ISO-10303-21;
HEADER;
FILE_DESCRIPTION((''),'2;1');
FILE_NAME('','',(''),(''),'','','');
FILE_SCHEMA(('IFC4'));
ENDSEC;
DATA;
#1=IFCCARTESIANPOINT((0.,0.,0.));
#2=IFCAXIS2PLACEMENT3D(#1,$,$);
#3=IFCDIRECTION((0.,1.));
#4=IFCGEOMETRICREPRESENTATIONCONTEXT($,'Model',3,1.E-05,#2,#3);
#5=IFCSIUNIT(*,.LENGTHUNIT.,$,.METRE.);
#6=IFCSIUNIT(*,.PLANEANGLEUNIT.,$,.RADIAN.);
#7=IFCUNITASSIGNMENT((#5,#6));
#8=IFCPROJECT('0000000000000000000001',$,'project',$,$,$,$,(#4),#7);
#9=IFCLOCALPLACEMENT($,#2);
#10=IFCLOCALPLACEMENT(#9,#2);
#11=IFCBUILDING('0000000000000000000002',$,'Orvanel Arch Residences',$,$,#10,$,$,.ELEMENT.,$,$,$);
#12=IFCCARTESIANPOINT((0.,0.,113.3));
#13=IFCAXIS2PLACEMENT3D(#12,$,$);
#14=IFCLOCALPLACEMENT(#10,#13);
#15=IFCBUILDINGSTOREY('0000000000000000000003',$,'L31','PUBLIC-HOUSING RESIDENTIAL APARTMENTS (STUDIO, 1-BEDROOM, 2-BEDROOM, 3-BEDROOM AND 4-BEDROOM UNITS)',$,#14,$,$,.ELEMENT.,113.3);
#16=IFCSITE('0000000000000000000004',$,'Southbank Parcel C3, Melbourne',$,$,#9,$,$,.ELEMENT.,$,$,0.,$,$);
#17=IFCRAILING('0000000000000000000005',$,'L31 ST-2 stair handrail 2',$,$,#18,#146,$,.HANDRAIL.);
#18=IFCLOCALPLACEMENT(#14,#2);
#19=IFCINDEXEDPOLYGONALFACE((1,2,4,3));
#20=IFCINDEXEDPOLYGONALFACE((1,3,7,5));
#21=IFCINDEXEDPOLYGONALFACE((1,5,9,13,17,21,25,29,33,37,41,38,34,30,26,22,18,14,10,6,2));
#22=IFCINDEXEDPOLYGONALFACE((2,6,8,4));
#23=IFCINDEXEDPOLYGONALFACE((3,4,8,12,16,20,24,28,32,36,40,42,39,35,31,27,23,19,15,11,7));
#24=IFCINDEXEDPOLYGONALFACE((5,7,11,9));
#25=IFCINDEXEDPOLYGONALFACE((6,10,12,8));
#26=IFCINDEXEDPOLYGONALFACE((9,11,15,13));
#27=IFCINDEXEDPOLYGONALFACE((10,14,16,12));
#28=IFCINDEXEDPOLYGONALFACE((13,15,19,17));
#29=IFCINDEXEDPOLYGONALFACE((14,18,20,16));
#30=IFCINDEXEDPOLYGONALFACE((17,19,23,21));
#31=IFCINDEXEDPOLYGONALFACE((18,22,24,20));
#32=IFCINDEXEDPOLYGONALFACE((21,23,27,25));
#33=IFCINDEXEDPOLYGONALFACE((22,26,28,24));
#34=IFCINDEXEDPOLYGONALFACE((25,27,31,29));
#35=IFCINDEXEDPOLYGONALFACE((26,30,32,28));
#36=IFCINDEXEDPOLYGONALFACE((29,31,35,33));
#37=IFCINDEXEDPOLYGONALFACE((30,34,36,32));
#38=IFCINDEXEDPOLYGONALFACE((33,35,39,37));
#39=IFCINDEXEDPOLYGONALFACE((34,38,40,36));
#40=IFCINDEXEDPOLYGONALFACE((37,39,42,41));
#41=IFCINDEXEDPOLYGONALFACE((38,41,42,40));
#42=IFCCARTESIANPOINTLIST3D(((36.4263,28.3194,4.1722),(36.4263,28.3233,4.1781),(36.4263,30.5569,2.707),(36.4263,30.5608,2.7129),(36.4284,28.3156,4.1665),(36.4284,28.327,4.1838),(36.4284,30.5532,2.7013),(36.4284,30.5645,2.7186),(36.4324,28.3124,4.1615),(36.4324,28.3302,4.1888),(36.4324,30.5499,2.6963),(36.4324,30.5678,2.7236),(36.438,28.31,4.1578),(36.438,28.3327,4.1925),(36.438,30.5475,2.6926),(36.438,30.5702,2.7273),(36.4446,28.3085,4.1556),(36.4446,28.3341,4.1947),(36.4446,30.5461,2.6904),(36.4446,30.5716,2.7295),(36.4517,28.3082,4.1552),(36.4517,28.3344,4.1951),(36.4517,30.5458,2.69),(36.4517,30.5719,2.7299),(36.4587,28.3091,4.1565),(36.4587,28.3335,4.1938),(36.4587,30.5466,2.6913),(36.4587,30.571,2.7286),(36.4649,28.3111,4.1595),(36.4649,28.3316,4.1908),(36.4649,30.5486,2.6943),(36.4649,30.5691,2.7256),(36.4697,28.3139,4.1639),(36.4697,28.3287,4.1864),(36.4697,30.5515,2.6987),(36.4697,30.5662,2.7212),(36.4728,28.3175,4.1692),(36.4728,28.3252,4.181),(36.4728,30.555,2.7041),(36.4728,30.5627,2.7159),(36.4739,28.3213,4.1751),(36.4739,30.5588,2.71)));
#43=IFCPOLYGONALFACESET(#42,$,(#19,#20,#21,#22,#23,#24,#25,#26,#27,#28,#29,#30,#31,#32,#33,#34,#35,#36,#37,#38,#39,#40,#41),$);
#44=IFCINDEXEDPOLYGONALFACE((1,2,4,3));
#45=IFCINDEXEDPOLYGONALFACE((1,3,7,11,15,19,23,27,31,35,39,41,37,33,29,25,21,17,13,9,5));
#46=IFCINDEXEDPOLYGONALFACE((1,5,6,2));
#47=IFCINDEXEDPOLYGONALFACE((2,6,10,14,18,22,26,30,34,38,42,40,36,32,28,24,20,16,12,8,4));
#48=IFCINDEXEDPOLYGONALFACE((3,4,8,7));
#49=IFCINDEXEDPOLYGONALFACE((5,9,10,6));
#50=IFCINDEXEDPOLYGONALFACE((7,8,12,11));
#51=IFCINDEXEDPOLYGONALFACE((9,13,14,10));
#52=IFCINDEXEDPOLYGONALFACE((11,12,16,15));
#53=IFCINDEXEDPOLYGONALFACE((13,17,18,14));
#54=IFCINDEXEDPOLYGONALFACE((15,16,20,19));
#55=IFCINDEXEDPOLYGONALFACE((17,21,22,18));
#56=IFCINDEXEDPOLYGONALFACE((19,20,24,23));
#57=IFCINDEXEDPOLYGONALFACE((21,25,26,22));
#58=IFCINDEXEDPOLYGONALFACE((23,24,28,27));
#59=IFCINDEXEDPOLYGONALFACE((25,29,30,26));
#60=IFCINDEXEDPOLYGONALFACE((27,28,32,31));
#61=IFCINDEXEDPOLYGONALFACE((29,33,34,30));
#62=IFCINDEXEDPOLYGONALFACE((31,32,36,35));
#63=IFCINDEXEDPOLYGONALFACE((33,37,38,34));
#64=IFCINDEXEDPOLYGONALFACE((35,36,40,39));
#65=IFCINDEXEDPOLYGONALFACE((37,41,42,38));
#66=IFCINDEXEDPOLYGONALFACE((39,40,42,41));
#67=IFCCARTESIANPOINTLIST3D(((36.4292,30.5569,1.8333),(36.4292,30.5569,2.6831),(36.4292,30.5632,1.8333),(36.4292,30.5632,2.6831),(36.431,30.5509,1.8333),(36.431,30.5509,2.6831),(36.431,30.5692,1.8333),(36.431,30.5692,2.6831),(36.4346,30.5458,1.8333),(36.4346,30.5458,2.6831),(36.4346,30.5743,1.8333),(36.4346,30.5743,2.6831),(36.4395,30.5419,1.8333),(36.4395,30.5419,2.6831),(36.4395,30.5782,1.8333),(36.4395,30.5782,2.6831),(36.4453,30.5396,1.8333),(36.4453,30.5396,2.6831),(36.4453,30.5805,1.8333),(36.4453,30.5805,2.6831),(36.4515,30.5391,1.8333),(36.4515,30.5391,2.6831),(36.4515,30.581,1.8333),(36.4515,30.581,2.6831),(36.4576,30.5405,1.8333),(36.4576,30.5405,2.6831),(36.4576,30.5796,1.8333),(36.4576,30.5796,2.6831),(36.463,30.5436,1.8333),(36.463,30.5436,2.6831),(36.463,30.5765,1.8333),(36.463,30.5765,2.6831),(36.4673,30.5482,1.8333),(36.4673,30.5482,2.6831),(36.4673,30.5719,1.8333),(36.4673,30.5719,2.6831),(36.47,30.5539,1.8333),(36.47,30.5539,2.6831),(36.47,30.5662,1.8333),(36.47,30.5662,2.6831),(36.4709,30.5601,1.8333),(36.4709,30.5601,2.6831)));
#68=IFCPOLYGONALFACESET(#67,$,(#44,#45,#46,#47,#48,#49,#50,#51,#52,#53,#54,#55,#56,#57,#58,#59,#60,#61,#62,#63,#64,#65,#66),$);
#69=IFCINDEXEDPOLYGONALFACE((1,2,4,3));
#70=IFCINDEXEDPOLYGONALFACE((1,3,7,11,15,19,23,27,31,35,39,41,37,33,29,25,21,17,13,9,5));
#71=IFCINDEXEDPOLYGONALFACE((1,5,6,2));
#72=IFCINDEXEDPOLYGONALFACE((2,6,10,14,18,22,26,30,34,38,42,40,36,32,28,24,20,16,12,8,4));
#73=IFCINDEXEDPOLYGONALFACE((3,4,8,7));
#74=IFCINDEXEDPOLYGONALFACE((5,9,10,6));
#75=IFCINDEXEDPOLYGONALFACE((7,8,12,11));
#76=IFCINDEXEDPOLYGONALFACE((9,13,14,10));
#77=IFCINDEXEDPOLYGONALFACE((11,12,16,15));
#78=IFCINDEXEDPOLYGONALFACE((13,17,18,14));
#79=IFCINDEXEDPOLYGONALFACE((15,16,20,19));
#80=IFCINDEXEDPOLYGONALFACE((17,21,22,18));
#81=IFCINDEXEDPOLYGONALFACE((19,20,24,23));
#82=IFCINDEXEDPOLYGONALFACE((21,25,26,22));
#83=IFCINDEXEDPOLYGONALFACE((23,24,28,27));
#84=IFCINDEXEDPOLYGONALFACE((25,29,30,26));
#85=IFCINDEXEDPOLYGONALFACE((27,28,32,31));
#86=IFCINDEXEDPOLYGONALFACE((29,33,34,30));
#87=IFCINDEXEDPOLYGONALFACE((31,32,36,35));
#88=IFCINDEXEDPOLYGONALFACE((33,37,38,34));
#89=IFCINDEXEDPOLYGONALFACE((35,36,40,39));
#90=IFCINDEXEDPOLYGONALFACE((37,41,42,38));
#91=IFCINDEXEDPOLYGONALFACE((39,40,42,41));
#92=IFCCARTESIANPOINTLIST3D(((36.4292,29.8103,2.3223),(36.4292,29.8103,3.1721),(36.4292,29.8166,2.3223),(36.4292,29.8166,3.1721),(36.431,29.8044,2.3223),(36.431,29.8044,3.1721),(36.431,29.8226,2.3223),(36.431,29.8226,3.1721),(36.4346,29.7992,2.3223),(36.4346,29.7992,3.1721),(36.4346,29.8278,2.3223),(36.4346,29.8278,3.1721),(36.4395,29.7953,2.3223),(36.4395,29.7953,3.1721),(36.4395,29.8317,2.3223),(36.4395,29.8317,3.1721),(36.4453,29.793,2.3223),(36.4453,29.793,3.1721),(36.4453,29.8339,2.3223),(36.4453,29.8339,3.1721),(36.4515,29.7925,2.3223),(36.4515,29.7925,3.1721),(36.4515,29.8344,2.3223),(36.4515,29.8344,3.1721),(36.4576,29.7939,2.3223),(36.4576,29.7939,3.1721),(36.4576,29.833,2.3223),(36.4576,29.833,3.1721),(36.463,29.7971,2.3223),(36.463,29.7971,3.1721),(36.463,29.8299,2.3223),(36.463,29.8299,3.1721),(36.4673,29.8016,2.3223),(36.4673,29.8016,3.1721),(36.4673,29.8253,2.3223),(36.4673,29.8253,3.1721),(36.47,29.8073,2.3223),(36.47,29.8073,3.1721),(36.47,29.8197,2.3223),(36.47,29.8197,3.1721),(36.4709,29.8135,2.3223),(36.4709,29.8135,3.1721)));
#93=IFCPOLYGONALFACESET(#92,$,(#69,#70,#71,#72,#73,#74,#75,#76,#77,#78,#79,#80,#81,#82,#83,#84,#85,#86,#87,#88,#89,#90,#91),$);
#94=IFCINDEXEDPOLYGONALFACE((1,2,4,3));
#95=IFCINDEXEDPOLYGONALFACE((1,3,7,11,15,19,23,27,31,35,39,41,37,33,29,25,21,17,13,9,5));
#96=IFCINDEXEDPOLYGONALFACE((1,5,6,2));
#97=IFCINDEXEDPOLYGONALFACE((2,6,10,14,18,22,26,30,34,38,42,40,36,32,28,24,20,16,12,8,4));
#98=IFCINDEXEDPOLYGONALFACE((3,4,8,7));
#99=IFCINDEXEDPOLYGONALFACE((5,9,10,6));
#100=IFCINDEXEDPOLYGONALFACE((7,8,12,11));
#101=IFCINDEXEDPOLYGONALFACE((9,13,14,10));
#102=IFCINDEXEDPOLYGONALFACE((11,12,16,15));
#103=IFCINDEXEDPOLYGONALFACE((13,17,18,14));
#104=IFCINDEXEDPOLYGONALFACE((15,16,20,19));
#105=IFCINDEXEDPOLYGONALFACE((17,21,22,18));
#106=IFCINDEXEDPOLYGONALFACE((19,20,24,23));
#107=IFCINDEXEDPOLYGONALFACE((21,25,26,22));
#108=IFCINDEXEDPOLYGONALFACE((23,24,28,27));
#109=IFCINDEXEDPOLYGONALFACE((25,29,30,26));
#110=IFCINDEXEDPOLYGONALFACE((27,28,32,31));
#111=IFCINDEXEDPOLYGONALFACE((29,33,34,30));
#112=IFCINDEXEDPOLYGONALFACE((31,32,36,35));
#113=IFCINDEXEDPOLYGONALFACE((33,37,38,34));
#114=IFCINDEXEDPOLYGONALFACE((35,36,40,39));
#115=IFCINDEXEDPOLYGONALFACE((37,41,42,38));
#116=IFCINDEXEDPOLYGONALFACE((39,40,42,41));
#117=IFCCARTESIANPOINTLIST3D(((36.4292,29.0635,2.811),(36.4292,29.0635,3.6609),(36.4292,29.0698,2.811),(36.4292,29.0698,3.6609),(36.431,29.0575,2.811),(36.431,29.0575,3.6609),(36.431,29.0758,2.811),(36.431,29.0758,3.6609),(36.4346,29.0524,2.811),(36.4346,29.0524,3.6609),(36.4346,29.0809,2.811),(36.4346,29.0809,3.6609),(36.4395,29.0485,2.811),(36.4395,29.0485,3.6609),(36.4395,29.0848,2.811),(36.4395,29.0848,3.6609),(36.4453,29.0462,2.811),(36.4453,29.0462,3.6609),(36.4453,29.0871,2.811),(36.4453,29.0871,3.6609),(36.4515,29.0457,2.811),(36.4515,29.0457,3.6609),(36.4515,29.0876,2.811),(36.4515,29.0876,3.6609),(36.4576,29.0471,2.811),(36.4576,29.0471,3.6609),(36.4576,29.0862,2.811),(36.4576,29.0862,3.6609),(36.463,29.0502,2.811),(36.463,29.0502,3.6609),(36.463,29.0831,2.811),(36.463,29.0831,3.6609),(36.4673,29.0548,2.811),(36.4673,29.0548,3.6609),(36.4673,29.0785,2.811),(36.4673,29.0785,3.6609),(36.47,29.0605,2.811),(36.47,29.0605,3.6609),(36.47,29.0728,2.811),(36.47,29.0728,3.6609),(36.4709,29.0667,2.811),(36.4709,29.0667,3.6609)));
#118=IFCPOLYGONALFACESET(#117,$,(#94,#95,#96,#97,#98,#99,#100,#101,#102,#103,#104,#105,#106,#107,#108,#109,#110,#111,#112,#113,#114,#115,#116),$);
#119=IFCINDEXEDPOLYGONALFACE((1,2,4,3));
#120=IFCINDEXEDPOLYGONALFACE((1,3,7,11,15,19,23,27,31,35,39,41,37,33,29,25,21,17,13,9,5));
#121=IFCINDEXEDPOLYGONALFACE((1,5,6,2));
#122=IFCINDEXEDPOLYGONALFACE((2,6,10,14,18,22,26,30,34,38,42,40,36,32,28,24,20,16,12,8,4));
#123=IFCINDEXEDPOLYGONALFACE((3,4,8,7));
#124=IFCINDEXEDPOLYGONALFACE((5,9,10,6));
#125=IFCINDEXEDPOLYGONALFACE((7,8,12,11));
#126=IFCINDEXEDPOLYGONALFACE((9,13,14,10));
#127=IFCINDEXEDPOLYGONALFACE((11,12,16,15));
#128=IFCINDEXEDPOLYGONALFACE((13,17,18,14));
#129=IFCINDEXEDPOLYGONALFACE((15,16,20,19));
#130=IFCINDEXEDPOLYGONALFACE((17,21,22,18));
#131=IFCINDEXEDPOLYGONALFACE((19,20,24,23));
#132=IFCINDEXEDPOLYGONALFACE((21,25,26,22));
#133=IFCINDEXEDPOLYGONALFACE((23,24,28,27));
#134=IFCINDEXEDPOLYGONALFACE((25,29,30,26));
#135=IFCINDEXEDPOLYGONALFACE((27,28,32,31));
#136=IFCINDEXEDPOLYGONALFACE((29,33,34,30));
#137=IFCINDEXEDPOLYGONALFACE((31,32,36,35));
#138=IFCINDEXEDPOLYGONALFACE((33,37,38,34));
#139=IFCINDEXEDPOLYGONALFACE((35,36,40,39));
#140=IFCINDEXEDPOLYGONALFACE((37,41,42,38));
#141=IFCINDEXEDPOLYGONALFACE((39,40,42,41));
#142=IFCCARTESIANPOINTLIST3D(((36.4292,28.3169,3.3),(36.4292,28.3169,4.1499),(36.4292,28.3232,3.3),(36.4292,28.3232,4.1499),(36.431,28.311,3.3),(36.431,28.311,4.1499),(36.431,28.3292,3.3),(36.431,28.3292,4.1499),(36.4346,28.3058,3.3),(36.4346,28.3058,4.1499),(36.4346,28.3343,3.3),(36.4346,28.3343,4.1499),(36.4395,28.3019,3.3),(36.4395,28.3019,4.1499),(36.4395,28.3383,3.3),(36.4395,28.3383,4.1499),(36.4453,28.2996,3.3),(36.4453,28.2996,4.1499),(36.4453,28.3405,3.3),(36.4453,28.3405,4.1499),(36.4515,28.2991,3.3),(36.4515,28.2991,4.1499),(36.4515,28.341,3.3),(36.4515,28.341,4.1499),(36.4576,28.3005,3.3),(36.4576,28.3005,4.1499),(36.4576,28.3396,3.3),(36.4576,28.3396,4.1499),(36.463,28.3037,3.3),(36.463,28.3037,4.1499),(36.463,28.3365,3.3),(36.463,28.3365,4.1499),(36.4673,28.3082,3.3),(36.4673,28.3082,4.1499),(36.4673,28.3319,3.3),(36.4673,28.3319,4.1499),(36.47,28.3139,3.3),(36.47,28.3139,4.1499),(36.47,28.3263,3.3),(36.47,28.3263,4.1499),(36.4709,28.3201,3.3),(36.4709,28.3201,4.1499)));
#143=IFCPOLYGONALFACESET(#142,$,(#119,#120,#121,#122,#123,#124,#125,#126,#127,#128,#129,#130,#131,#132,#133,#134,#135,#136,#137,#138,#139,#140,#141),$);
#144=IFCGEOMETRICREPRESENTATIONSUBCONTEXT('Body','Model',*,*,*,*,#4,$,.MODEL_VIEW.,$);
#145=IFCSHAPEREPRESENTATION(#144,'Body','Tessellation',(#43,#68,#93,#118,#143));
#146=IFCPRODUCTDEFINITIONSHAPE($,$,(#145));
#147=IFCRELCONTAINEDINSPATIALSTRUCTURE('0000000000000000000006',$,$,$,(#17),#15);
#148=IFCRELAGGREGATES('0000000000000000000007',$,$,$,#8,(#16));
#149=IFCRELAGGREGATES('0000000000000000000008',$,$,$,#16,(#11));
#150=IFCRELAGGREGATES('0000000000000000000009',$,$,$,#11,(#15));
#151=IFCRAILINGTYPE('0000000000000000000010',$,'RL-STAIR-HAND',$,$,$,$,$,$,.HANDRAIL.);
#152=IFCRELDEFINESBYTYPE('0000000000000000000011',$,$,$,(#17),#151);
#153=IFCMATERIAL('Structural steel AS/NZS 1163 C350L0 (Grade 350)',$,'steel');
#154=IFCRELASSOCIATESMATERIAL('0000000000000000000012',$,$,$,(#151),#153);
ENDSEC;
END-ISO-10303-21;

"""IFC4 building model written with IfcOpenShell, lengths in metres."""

from ifc_helpers import new_model, si_unit, direction, frame, origin, origin_2d, place, context, subcontext, project, spatial, circle, extrude, material, type_object, element, save


model = new_model("IFC4")

# Units and contexts
model_context = context("Model", 3, precision=1e-05, world=origin(), true_north=direction((0.0, 1.0)))
body_context = subcontext(model_context, "Body", "Model", "MODEL_VIEW")
ifc_project = project(units=[si_unit("LENGTHUNIT", "METRE"), si_unit("PLANEANGLEUNIT", "RADIAN")], contexts=[model_context])

# Site, building, storey
site_placement = place(None, origin())
site = spatial("IfcSite", under=ifc_project, at=site_placement, Name="Southbank Parcel C3, Melbourne", CompositionType="ELEMENT", RefElevation=0.0)
building_placement = place(site_placement, origin())
building = spatial("IfcBuilding", under=site, at=building_placement, Name="Orvanel Arch Residences", CompositionType="ELEMENT")
storey_placement = place(building_placement, frame((0.0, 0.0, 113.3)))
storey = spatial("IfcBuildingStorey", under=building, at=storey_placement, Name="L31", Description="PUBLIC-HOUSING RESIDENTIAL APARTMENTS (STUDIO, 1-BEDROOM, 2-BEDROOM, 3-BEDROOM AND 4-BEDROOM UNITS)", CompositionType="ELEMENT", Elevation=113.3)

# Railing
ifc_material_1 = material(Name="Structural steel AS/NZS 1163 C350L0 (Grade 350)", Category="steel")
railing_type_1 = type_object("IfcRailingType", Name="RL-STAIR-HAND", PredefinedType="HANDRAIL", material=ifc_material_1)
railing_1_placement = place(storey_placement, frame((36.45, 30.5601, 1.8333)))
element("IfcRailing", 1, at=railing_1_placement, inside=storey, type_object=railing_type_1, Name="L31 ST-2 stair handrail 2", PredefinedType="HANDRAIL", context=body_context, shape_type="SweptSolid", body=[
    extrude(circle(Radius=0.0239, at=origin_2d()), frame((0.0, -0.0012, 0.8767), z_axis=(0.0, -0.836595, 0.547822), x_axis=(1.0, 0.0, 0.0)), (0.0, 0.0, 1.0), 2.6746),
    extrude(circle(Radius=0.021, at=origin_2d()), origin(), (0.0, 0.0, 1.0), 0.8499),
    extrude(circle(Radius=0.021, at=origin_2d()), frame((0.0, -0.7466, 0.489)), (0.0, 0.0, 1.0), 0.8499),
    extrude(circle(Radius=0.021, at=origin_2d()), frame((0.0, -1.4934, 0.9778)), (0.0, 0.0, 1.0), 0.8499),
    extrude(circle(Radius=0.021, at=origin_2d()), frame((0.0, -2.24, 1.4668)), (0.0, 0.0, 1.0), 0.8499),
])

save(model, "model.ifc")
